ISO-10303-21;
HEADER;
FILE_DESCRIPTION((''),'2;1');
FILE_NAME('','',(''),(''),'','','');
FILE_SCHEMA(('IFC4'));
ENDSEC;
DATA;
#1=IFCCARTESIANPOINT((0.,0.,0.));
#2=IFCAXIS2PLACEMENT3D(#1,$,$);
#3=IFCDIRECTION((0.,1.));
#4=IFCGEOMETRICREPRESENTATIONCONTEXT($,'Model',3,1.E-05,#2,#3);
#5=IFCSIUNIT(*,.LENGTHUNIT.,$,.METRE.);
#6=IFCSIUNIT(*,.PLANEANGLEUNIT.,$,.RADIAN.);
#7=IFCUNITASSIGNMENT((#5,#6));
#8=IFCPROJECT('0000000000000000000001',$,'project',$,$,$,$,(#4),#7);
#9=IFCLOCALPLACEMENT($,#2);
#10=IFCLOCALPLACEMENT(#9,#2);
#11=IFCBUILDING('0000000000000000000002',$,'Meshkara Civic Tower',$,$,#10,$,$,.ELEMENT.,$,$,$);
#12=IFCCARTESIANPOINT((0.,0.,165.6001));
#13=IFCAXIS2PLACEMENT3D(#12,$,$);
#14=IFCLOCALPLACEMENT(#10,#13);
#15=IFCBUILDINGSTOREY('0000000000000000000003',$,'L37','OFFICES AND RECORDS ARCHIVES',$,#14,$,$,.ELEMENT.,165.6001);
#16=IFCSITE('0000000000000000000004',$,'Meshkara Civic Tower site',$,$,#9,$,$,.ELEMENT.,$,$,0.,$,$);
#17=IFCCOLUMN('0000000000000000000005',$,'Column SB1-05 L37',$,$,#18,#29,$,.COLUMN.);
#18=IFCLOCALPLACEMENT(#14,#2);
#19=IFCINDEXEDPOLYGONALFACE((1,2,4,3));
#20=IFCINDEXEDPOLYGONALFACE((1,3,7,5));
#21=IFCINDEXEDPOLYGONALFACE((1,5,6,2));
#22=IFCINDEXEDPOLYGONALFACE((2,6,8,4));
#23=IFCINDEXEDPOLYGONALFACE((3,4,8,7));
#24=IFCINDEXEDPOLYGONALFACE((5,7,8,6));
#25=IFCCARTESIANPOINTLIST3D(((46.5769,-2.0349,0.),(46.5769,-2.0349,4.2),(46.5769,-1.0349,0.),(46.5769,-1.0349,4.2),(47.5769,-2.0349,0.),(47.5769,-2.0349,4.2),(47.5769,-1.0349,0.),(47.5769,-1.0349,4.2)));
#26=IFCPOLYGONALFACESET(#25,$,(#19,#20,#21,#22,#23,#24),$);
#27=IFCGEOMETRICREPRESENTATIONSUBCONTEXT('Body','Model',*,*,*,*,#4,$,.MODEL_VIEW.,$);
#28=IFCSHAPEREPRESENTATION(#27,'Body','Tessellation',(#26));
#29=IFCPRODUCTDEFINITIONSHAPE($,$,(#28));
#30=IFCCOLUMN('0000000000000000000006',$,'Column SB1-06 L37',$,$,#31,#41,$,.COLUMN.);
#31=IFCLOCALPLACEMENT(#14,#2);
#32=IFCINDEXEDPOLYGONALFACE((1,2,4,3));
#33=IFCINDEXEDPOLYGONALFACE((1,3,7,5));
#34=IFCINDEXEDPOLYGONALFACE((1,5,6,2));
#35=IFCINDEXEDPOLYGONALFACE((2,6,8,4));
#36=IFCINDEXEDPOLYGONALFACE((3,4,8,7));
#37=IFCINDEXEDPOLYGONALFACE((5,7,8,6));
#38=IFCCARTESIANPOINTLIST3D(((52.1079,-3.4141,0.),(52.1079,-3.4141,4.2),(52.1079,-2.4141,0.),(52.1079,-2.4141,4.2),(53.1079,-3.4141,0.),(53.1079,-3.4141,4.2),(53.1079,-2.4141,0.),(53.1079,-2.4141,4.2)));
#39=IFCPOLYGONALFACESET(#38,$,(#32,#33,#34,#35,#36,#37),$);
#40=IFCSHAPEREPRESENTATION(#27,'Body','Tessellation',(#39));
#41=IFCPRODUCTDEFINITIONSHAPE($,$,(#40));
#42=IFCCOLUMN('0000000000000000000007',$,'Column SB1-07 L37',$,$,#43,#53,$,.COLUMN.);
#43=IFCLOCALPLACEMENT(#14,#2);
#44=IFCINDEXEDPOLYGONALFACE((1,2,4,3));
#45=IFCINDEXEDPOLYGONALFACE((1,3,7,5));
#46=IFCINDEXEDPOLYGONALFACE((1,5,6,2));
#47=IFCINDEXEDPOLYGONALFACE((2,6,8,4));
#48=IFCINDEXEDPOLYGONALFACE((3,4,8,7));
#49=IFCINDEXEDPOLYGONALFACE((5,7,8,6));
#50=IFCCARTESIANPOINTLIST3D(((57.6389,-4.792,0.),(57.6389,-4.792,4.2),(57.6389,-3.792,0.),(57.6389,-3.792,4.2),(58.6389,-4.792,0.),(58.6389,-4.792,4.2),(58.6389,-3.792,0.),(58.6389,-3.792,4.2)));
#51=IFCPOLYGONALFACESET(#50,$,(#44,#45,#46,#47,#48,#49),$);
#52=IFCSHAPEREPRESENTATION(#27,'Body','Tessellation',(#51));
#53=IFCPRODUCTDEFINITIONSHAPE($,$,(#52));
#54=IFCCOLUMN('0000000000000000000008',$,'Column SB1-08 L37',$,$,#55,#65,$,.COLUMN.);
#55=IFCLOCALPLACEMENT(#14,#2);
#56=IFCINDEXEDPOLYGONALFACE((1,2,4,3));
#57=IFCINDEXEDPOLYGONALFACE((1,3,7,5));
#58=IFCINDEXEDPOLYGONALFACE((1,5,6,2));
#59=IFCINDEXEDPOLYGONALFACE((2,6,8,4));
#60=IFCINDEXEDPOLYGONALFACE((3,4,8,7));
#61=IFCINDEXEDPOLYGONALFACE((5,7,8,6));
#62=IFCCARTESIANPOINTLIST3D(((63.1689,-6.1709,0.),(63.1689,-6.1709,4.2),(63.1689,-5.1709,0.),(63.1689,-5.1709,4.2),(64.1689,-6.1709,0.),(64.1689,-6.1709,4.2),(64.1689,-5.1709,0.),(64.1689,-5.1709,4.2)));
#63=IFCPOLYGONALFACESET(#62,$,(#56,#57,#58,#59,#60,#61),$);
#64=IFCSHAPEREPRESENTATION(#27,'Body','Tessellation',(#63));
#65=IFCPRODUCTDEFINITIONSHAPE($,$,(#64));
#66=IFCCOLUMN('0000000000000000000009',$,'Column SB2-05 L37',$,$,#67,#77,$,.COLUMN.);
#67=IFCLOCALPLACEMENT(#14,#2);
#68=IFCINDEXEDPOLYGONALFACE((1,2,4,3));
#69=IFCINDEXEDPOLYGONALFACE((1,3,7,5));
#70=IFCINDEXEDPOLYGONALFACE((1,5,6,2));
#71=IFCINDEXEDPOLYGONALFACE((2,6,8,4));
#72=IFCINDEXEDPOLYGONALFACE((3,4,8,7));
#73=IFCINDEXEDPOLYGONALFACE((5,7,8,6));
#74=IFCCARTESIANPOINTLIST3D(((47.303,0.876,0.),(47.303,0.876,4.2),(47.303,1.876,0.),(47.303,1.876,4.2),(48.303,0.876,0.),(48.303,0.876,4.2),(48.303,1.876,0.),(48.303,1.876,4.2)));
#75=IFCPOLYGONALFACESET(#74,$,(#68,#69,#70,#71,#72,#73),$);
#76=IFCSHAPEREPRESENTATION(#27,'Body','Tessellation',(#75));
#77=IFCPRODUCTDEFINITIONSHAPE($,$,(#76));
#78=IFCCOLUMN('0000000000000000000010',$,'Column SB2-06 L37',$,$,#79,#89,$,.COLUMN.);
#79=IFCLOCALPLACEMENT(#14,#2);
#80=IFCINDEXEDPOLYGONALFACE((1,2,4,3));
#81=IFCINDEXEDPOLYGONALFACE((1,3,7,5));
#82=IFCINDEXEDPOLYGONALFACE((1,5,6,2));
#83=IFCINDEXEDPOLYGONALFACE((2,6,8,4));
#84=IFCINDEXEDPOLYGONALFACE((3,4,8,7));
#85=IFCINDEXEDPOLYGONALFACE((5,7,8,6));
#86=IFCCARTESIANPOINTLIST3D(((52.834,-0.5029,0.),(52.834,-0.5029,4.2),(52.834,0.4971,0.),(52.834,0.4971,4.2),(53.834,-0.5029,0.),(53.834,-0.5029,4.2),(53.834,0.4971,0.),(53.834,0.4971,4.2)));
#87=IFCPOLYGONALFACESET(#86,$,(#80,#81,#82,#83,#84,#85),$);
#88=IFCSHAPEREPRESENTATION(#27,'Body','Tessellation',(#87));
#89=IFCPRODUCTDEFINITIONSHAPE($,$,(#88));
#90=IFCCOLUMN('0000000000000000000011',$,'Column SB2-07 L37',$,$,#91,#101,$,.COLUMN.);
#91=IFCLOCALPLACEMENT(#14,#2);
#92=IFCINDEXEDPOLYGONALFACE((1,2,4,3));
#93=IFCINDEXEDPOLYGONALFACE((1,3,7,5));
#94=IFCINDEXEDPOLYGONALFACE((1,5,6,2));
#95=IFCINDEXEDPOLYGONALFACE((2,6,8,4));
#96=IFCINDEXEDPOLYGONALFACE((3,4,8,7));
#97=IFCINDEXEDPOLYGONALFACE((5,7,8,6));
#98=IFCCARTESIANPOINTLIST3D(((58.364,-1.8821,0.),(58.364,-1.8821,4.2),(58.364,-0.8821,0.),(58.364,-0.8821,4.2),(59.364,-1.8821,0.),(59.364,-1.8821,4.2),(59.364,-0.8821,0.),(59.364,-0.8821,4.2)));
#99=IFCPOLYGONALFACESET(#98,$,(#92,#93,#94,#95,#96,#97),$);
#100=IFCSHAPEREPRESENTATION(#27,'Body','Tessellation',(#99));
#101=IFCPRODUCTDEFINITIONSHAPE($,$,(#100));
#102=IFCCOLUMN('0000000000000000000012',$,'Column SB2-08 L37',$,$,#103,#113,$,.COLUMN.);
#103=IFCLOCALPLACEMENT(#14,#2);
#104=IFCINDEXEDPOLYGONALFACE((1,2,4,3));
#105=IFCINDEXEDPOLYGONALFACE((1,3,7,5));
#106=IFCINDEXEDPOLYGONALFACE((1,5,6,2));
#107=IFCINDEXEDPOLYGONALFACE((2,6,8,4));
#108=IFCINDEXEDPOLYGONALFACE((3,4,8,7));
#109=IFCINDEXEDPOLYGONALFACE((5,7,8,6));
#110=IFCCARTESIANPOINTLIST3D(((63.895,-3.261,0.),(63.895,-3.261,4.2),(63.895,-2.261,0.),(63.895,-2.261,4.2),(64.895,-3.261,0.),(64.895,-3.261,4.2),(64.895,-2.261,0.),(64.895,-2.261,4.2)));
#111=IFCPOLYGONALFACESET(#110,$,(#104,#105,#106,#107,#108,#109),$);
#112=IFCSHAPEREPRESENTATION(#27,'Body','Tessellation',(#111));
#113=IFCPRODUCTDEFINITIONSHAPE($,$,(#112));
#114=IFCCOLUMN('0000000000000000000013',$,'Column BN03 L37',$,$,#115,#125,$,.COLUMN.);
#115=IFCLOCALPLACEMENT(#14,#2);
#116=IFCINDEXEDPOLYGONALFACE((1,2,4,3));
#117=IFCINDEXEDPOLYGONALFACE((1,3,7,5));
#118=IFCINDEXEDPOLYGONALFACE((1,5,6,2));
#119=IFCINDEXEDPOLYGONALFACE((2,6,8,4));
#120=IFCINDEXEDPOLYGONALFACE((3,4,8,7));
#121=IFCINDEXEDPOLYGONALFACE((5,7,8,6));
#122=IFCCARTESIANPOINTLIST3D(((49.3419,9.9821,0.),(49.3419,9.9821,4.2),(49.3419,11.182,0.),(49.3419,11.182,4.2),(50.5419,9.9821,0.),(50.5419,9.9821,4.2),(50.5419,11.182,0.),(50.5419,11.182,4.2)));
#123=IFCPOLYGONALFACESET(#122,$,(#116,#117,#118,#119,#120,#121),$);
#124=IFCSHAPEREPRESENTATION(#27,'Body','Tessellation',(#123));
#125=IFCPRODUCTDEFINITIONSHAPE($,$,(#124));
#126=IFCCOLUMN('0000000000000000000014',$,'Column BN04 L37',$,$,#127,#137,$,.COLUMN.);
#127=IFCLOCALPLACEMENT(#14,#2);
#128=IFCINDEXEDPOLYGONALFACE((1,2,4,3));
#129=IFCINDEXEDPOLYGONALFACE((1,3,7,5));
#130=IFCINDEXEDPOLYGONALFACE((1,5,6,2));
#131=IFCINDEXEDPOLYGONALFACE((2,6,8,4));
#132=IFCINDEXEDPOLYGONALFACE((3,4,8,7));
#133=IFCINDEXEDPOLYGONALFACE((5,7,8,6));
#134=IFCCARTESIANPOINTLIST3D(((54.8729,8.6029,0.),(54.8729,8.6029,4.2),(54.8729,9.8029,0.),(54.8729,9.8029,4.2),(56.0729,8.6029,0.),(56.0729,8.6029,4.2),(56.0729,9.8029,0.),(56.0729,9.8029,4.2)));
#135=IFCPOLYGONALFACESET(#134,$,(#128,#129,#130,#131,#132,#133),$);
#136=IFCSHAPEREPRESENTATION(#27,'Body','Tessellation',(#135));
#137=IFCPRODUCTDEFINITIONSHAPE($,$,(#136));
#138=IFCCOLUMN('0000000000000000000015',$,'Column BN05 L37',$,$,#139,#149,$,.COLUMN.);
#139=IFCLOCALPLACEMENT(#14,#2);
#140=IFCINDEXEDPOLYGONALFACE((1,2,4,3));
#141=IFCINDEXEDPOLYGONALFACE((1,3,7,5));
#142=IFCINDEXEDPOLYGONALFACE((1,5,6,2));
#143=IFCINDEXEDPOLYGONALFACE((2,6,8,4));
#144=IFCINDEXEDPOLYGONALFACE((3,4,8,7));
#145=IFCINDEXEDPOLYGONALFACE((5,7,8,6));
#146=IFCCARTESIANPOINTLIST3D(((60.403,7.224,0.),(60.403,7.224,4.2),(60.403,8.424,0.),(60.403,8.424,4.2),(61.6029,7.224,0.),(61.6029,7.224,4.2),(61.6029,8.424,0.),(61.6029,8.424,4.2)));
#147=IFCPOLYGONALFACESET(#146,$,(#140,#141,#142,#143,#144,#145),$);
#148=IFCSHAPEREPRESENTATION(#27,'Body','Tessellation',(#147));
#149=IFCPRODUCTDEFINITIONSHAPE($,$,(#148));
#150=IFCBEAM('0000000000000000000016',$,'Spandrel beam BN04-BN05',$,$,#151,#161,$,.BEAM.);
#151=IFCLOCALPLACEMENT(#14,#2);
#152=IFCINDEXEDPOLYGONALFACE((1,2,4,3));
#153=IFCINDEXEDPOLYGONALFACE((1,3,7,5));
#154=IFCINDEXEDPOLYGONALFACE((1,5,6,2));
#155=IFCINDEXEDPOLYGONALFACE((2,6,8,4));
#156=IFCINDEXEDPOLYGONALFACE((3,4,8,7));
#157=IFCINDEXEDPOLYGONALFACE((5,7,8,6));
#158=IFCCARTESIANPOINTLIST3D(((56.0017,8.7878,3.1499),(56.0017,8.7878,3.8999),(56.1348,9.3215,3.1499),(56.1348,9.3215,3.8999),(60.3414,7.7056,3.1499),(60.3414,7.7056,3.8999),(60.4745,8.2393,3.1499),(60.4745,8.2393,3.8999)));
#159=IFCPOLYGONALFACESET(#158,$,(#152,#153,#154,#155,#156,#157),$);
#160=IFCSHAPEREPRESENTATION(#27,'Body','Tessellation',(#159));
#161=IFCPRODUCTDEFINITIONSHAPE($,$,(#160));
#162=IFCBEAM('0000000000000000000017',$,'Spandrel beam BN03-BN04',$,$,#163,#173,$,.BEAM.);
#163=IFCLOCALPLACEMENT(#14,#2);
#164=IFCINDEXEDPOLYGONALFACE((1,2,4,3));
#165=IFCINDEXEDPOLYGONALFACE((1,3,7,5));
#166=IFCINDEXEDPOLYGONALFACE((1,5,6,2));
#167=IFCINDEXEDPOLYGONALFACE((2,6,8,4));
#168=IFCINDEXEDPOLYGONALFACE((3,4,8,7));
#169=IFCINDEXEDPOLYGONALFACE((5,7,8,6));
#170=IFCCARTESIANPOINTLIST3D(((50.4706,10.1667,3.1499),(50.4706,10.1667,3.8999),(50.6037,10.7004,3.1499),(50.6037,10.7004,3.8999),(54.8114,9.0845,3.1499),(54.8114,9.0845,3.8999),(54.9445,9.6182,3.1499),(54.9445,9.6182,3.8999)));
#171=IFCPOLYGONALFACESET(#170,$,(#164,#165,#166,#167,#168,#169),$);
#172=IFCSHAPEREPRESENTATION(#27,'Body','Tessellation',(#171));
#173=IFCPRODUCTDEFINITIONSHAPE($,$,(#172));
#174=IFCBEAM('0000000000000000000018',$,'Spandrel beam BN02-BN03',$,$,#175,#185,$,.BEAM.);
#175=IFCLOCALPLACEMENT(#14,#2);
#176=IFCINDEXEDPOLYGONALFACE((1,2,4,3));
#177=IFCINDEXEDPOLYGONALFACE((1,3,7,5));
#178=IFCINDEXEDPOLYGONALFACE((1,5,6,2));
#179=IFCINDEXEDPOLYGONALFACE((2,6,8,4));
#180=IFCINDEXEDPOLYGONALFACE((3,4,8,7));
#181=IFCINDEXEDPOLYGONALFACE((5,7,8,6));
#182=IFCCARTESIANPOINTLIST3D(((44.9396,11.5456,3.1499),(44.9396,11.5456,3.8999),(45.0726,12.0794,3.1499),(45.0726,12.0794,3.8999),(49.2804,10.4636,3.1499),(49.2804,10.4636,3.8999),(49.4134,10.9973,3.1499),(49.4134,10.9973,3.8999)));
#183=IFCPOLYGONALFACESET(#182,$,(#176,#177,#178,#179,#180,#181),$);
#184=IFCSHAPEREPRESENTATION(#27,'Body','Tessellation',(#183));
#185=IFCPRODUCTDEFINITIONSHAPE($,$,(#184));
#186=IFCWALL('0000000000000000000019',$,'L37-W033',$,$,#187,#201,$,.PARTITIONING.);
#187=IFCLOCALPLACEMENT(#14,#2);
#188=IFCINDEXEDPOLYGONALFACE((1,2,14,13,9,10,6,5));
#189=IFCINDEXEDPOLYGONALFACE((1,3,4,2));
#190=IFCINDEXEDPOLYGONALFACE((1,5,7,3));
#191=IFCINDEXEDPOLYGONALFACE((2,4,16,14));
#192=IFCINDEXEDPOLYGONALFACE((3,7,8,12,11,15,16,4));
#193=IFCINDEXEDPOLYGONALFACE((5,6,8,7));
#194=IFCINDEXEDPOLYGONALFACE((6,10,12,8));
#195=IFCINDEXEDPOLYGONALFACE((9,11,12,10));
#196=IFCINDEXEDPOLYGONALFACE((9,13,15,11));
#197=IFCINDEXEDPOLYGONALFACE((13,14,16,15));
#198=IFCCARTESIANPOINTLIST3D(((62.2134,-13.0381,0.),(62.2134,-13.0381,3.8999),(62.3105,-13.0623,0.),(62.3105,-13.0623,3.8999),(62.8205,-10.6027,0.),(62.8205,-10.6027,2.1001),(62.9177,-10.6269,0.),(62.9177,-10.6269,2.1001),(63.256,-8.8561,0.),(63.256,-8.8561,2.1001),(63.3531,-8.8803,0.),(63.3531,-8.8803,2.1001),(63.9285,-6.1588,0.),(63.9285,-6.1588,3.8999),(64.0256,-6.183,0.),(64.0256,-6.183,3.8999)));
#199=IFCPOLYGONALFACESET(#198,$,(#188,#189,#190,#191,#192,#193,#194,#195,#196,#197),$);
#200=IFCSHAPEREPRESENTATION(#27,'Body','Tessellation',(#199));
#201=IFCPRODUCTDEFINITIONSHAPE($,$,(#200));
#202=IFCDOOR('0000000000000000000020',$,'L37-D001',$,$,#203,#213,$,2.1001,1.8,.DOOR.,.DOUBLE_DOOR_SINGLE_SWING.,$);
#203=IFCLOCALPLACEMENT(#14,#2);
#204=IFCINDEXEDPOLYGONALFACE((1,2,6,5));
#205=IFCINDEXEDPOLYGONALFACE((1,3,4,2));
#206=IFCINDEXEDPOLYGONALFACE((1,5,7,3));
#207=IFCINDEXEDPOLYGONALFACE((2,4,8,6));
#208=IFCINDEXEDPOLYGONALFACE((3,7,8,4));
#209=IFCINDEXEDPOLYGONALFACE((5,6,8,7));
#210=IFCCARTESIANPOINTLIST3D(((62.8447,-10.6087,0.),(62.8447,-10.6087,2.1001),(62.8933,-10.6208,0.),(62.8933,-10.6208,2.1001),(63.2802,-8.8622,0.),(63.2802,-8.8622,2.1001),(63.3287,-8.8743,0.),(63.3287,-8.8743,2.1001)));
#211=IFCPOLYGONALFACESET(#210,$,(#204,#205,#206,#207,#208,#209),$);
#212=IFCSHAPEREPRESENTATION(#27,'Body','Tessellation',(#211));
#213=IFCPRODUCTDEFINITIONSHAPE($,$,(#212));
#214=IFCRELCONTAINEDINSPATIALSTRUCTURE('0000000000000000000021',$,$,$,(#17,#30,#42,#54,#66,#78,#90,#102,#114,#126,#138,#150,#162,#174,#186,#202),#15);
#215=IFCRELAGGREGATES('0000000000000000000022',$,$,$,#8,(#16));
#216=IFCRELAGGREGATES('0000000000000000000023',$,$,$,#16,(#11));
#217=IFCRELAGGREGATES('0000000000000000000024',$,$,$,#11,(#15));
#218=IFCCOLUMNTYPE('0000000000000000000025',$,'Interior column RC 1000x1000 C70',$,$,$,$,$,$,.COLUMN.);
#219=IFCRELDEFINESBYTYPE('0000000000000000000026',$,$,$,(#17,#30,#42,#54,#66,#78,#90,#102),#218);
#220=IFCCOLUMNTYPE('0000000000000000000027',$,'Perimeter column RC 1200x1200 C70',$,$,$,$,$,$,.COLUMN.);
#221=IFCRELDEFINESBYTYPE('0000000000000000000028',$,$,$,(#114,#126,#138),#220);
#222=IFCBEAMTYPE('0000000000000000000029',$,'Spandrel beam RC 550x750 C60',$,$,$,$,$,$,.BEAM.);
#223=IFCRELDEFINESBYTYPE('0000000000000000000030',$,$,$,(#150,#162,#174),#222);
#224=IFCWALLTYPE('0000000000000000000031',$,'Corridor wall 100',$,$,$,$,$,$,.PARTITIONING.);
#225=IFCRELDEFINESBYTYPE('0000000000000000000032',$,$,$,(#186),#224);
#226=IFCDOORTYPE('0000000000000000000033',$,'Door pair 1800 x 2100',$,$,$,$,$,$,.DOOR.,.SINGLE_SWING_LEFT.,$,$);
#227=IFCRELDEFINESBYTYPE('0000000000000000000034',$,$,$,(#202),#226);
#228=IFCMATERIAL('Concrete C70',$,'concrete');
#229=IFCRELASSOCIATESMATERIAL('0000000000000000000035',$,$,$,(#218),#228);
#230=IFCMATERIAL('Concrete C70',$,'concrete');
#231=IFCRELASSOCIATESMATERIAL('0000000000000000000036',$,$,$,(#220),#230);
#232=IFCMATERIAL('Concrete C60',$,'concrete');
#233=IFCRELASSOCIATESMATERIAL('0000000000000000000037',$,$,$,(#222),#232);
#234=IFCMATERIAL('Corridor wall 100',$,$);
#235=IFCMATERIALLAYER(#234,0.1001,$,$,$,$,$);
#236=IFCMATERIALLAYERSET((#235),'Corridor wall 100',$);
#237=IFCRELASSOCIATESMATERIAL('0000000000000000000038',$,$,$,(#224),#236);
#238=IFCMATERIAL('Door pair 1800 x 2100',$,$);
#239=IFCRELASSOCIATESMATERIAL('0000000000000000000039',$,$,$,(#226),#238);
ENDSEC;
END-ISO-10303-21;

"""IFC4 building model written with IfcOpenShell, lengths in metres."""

from ifc_helpers import new_model, si_unit, direction, frame, frame_2d, origin, origin_2d, place, context, subcontext, project, spatial, rectangle, extrude, material, layer, layer_set, material_profile, profile_set, type_object, element, fill, save


model = new_model("IFC4")

# Units and contexts
model_context = context("Model", 3, precision=1e-05, world=origin(), true_north=direction((0.0, 1.0)))
body_context = subcontext(model_context, "Body", "Model", "MODEL_VIEW")
ifc_project = project(units=[si_unit("LENGTHUNIT", "METRE"), si_unit("PLANEANGLEUNIT", "RADIAN")], contexts=[model_context])

# Site, building, storey
site_placement = place(None, origin())
site = spatial("IfcSite", under=ifc_project, at=site_placement, Name="Meshkara Civic Tower site", CompositionType="ELEMENT", RefElevation=0.0)
building_placement = place(site_placement, origin())
building = spatial("IfcBuilding", under=site, at=building_placement, Name="Meshkara Civic Tower", CompositionType="ELEMENT")
storey_placement = place(building_placement, frame((0.0, 0.0, 165.6001)))
storey = spatial("IfcBuildingStorey", under=building, at=storey_placement, Name="L37", Description="OFFICES AND RECORDS ARCHIVES", CompositionType="ELEMENT", Elevation=165.6001)

# Columns
ifc_material_1 = material(Name="Concrete C70", Category="concrete")
ifc_material_profile_1 = material_profile(ifc_material_1, rectangle(XDim=1.0, YDim=1.0, at=origin_2d()))
ifc_profile_set_1 = profile_set([ifc_material_profile_1], Name="Concrete C70")
column_type_1 = type_object("IfcColumnType", Name="Interior column RC 1000x1000 C70", PredefinedType="COLUMN", material=ifc_profile_set_1)
for number, where, z_axis, x_axis, name in (
    (1, (47.0769, -1.5349, 0.0), (0.0, 0.0, 1.0), (1.0, 0.0, 0.0), "Column SB1-05 L37"),
    (2, (52.6079, -2.9141, 0.0), (0.0, 0.0, 1.0), (1.0, 0.0, 0.0), "Column SB1-06 L37"),
    (3, (58.1389, -4.292, 0.0), (0.0, 0.0, 1.0), (1.0, 0.0, 0.0), "Column SB1-07 L37"),
    (4, (63.6689, -5.6709, 0.0), (0.0, 0.0, 1.0), (1.0, 0.0, 0.0), "Column SB1-08 L37"),
    (5, (47.803, 1.376, 0.0), (0.0, 0.0, 1.0), (1.0, 0.0, 0.0), "Column SB2-05 L37"),
    (6, (53.334, -0.0029, 0.0), (0.0, 0.0, 1.0), (1.0, 0.0, 0.0), "Column SB2-06 L37"),
    (7, (58.864, -1.3821, 0.0), (0.0, 0.0, 1.0), (1.0, 0.0, 0.0), "Column SB2-07 L37"),
    (8, (64.395, -2.761, 0.0), (0.0, 0.0, 1.0), (1.0, 0.0, 0.0), "Column SB2-08 L37"),
):
    element("IfcColumn", number, at=place(storey_placement, frame(where, z_axis=z_axis, x_axis=x_axis)), inside=storey, type_object=column_type_1, Name=name, PredefinedType="COLUMN", context=body_context, shape_type="SweptSolid", body=[
        extrude(rectangle(XDim=1.0, YDim=1.0, at=origin_2d()), origin(), (0.0, 0.0, 1.0), 4.2),
    ])
ifc_material_2 = material(Name="Concrete C70", Category="concrete")
ifc_material_profile_2 = material_profile(ifc_material_2, rectangle(XDim=1.2, YDim=1.2, at=origin_2d()))
ifc_profile_set_2 = profile_set([ifc_material_profile_2], Name="Concrete C70")
column_type_2 = type_object("IfcColumnType", Name="Perimeter column RC 1200x1200 C70", PredefinedType="COLUMN", material=ifc_profile_set_2)
for number, where, z_axis, x_axis, name in (
    (9, (49.9419, 10.582, 0.0), (0.0, 0.0, 1.0), (1.0, 0.0, 0.0), "Column BN03 L37"),
    (10, (55.4729, 9.2029, 0.0), (0.0, 0.0, 1.0), (1.0, 0.0, 0.0), "Column BN04 L37"),
    (11, (61.0029, 7.824, 0.0), (0.0, 0.0, 1.0), (1.0, 0.0, 0.0), "Column BN05 L37"),
):
    element("IfcColumn", number, at=place(storey_placement, frame(where, z_axis=z_axis, x_axis=x_axis)), inside=storey, type_object=column_type_2, Name=name, PredefinedType="COLUMN", context=body_context, shape_type="SweptSolid", body=[
        extrude(rectangle(XDim=1.2, YDim=1.2, at=origin_2d()), origin(), (0.0, 0.0, 1.0), 4.2),
    ])

# Beams
ifc_material_3 = material(Name="Concrete C60", Category="concrete")
ifc_material_profile_3 = material_profile(ifc_material_3, rectangle(XDim=0.55, YDim=0.75, at=origin_2d()))
ifc_profile_set_3 = profile_set([ifc_material_profile_3], Name="Concrete C60")
beam_type = type_object("IfcBeamType", Name="Spandrel beam RC 550x750 C60", PredefinedType="BEAM", material=ifc_profile_set_3)
beam_placement = place(storey_placement, frame((60.408, 7.9724, 3.5249), z_axis=(-0.970284, 0.24197, 0.0), x_axis=(-0.24197, -0.970284, 0.0)))
element("IfcBeam", 12, at=beam_placement, inside=storey, type_object=beam_type, Name="Spandrel beam BN04-BN05", PredefinedType="BEAM", context=body_context, shape_type="SweptSolid", body=[
    extrude(rectangle(XDim=0.55, YDim=0.75, at=origin_2d()), origin(), (0.0, 0.0, 1.0), 4.4727),
])
for number, where, z_axis, x_axis, name in (
    (13, (54.8779, 9.3513, 3.5249), (-0.970296, 0.241919, 0.0), (-0.241919, -0.970296, 0.0), "Spandrel beam BN03-BN04"),
    (14, (49.3469, 10.7305, 3.5249), (-0.970309, 0.241868, 0.0), (-0.241868, -0.970309, 0.0), "Spandrel beam BN02-BN03"),
):
    element("IfcBeam", number, at=place(storey_placement, frame(where, z_axis=z_axis, x_axis=x_axis)), inside=storey, type_object=beam_type, Name=name, PredefinedType="BEAM", context=body_context, shape_type="SweptSolid", body=[
        extrude(rectangle(XDim=0.55, YDim=0.75, at=origin_2d()), origin(), (0.0, 0.0, 1.0), 4.4736),
    ])

# Wall, opening, door
ifc_material_4 = material(Name="Corridor wall 100")
ifc_layer_1 = layer(ifc_material_4, 0.1001)
ifc_layer_set_1 = layer_set([ifc_layer_1], Name="Corridor wall 100")
wall_type_1 = type_object("IfcWallType", Name="Corridor wall 100", PredefinedType="PARTITIONING", material=ifc_layer_set_1)
wall_1_placement = place(storey_placement, frame((63.9771, -6.1709, 0.0), z_axis=(0.0, 0.0, 1.0), x_axis=(-0.241912, -0.970298, 0.0)))
wall_1 = element("IfcWall", 15, at=wall_1_placement, inside=storey, type_object=wall_type_1, Name="L37-W033", PredefinedType="PARTITIONING", context=body_context, shape_type="SweptSolid", body=[
    extrude(rectangle(XDim=7.0898, YDim=0.1001, at=frame_2d((3.5449, 0.0))), origin(), (0.0, 0.0, 1.0), 3.8999),
])
opening_1_placement = place(wall_1_placement, frame((2.78, 0.0, 0.0)))
opening_1 = element("IfcOpeningElement", 16, at=opening_1_placement, cuts=wall_1, PredefinedType="OPENING", context=body_context, shape_type="SweptSolid", body=[
    extrude(rectangle(XDim=1.8, YDim=2.1001, at=frame_2d((0.8999, 1.05))), frame((0.0, 0.0601, 0.0), z_axis=(0.0, -1.0, 0.0), x_axis=(1.0, 0.0, 0.0)), (0.0, 0.0, 1.0), 0.1201),
])
ifc_material_5 = material(Name="Door pair 1800 x 2100")
door_type = type_object("IfcDoorType", Name="Door pair 1800 x 2100", OperationType="SINGLE_SWING_LEFT", PredefinedType="DOOR", material=ifc_material_5)
door_placement = place(opening_1_placement, origin())
door = element("IfcDoor", 17, at=door_placement, inside=storey, type_object=door_type, Name="L37-D001", OperationType="DOUBLE_DOOR_SINGLE_SWING", OverallHeight=2.1001, OverallWidth=1.8, PredefinedType="DOOR", context=body_context, shape_type="SweptSolid", body=[
    extrude(rectangle(XDim=1.8, YDim=2.1001, at=frame_2d((0.8999, 1.05))), frame((0.0, 0.0249, 0.0), z_axis=(0.0, -1.0, 0.0), x_axis=(1.0, 0.0, 0.0)), (0.0, 0.0, 1.0), 0.05),
])
fill(opening_1, door)

save(model, "model.ifc")
